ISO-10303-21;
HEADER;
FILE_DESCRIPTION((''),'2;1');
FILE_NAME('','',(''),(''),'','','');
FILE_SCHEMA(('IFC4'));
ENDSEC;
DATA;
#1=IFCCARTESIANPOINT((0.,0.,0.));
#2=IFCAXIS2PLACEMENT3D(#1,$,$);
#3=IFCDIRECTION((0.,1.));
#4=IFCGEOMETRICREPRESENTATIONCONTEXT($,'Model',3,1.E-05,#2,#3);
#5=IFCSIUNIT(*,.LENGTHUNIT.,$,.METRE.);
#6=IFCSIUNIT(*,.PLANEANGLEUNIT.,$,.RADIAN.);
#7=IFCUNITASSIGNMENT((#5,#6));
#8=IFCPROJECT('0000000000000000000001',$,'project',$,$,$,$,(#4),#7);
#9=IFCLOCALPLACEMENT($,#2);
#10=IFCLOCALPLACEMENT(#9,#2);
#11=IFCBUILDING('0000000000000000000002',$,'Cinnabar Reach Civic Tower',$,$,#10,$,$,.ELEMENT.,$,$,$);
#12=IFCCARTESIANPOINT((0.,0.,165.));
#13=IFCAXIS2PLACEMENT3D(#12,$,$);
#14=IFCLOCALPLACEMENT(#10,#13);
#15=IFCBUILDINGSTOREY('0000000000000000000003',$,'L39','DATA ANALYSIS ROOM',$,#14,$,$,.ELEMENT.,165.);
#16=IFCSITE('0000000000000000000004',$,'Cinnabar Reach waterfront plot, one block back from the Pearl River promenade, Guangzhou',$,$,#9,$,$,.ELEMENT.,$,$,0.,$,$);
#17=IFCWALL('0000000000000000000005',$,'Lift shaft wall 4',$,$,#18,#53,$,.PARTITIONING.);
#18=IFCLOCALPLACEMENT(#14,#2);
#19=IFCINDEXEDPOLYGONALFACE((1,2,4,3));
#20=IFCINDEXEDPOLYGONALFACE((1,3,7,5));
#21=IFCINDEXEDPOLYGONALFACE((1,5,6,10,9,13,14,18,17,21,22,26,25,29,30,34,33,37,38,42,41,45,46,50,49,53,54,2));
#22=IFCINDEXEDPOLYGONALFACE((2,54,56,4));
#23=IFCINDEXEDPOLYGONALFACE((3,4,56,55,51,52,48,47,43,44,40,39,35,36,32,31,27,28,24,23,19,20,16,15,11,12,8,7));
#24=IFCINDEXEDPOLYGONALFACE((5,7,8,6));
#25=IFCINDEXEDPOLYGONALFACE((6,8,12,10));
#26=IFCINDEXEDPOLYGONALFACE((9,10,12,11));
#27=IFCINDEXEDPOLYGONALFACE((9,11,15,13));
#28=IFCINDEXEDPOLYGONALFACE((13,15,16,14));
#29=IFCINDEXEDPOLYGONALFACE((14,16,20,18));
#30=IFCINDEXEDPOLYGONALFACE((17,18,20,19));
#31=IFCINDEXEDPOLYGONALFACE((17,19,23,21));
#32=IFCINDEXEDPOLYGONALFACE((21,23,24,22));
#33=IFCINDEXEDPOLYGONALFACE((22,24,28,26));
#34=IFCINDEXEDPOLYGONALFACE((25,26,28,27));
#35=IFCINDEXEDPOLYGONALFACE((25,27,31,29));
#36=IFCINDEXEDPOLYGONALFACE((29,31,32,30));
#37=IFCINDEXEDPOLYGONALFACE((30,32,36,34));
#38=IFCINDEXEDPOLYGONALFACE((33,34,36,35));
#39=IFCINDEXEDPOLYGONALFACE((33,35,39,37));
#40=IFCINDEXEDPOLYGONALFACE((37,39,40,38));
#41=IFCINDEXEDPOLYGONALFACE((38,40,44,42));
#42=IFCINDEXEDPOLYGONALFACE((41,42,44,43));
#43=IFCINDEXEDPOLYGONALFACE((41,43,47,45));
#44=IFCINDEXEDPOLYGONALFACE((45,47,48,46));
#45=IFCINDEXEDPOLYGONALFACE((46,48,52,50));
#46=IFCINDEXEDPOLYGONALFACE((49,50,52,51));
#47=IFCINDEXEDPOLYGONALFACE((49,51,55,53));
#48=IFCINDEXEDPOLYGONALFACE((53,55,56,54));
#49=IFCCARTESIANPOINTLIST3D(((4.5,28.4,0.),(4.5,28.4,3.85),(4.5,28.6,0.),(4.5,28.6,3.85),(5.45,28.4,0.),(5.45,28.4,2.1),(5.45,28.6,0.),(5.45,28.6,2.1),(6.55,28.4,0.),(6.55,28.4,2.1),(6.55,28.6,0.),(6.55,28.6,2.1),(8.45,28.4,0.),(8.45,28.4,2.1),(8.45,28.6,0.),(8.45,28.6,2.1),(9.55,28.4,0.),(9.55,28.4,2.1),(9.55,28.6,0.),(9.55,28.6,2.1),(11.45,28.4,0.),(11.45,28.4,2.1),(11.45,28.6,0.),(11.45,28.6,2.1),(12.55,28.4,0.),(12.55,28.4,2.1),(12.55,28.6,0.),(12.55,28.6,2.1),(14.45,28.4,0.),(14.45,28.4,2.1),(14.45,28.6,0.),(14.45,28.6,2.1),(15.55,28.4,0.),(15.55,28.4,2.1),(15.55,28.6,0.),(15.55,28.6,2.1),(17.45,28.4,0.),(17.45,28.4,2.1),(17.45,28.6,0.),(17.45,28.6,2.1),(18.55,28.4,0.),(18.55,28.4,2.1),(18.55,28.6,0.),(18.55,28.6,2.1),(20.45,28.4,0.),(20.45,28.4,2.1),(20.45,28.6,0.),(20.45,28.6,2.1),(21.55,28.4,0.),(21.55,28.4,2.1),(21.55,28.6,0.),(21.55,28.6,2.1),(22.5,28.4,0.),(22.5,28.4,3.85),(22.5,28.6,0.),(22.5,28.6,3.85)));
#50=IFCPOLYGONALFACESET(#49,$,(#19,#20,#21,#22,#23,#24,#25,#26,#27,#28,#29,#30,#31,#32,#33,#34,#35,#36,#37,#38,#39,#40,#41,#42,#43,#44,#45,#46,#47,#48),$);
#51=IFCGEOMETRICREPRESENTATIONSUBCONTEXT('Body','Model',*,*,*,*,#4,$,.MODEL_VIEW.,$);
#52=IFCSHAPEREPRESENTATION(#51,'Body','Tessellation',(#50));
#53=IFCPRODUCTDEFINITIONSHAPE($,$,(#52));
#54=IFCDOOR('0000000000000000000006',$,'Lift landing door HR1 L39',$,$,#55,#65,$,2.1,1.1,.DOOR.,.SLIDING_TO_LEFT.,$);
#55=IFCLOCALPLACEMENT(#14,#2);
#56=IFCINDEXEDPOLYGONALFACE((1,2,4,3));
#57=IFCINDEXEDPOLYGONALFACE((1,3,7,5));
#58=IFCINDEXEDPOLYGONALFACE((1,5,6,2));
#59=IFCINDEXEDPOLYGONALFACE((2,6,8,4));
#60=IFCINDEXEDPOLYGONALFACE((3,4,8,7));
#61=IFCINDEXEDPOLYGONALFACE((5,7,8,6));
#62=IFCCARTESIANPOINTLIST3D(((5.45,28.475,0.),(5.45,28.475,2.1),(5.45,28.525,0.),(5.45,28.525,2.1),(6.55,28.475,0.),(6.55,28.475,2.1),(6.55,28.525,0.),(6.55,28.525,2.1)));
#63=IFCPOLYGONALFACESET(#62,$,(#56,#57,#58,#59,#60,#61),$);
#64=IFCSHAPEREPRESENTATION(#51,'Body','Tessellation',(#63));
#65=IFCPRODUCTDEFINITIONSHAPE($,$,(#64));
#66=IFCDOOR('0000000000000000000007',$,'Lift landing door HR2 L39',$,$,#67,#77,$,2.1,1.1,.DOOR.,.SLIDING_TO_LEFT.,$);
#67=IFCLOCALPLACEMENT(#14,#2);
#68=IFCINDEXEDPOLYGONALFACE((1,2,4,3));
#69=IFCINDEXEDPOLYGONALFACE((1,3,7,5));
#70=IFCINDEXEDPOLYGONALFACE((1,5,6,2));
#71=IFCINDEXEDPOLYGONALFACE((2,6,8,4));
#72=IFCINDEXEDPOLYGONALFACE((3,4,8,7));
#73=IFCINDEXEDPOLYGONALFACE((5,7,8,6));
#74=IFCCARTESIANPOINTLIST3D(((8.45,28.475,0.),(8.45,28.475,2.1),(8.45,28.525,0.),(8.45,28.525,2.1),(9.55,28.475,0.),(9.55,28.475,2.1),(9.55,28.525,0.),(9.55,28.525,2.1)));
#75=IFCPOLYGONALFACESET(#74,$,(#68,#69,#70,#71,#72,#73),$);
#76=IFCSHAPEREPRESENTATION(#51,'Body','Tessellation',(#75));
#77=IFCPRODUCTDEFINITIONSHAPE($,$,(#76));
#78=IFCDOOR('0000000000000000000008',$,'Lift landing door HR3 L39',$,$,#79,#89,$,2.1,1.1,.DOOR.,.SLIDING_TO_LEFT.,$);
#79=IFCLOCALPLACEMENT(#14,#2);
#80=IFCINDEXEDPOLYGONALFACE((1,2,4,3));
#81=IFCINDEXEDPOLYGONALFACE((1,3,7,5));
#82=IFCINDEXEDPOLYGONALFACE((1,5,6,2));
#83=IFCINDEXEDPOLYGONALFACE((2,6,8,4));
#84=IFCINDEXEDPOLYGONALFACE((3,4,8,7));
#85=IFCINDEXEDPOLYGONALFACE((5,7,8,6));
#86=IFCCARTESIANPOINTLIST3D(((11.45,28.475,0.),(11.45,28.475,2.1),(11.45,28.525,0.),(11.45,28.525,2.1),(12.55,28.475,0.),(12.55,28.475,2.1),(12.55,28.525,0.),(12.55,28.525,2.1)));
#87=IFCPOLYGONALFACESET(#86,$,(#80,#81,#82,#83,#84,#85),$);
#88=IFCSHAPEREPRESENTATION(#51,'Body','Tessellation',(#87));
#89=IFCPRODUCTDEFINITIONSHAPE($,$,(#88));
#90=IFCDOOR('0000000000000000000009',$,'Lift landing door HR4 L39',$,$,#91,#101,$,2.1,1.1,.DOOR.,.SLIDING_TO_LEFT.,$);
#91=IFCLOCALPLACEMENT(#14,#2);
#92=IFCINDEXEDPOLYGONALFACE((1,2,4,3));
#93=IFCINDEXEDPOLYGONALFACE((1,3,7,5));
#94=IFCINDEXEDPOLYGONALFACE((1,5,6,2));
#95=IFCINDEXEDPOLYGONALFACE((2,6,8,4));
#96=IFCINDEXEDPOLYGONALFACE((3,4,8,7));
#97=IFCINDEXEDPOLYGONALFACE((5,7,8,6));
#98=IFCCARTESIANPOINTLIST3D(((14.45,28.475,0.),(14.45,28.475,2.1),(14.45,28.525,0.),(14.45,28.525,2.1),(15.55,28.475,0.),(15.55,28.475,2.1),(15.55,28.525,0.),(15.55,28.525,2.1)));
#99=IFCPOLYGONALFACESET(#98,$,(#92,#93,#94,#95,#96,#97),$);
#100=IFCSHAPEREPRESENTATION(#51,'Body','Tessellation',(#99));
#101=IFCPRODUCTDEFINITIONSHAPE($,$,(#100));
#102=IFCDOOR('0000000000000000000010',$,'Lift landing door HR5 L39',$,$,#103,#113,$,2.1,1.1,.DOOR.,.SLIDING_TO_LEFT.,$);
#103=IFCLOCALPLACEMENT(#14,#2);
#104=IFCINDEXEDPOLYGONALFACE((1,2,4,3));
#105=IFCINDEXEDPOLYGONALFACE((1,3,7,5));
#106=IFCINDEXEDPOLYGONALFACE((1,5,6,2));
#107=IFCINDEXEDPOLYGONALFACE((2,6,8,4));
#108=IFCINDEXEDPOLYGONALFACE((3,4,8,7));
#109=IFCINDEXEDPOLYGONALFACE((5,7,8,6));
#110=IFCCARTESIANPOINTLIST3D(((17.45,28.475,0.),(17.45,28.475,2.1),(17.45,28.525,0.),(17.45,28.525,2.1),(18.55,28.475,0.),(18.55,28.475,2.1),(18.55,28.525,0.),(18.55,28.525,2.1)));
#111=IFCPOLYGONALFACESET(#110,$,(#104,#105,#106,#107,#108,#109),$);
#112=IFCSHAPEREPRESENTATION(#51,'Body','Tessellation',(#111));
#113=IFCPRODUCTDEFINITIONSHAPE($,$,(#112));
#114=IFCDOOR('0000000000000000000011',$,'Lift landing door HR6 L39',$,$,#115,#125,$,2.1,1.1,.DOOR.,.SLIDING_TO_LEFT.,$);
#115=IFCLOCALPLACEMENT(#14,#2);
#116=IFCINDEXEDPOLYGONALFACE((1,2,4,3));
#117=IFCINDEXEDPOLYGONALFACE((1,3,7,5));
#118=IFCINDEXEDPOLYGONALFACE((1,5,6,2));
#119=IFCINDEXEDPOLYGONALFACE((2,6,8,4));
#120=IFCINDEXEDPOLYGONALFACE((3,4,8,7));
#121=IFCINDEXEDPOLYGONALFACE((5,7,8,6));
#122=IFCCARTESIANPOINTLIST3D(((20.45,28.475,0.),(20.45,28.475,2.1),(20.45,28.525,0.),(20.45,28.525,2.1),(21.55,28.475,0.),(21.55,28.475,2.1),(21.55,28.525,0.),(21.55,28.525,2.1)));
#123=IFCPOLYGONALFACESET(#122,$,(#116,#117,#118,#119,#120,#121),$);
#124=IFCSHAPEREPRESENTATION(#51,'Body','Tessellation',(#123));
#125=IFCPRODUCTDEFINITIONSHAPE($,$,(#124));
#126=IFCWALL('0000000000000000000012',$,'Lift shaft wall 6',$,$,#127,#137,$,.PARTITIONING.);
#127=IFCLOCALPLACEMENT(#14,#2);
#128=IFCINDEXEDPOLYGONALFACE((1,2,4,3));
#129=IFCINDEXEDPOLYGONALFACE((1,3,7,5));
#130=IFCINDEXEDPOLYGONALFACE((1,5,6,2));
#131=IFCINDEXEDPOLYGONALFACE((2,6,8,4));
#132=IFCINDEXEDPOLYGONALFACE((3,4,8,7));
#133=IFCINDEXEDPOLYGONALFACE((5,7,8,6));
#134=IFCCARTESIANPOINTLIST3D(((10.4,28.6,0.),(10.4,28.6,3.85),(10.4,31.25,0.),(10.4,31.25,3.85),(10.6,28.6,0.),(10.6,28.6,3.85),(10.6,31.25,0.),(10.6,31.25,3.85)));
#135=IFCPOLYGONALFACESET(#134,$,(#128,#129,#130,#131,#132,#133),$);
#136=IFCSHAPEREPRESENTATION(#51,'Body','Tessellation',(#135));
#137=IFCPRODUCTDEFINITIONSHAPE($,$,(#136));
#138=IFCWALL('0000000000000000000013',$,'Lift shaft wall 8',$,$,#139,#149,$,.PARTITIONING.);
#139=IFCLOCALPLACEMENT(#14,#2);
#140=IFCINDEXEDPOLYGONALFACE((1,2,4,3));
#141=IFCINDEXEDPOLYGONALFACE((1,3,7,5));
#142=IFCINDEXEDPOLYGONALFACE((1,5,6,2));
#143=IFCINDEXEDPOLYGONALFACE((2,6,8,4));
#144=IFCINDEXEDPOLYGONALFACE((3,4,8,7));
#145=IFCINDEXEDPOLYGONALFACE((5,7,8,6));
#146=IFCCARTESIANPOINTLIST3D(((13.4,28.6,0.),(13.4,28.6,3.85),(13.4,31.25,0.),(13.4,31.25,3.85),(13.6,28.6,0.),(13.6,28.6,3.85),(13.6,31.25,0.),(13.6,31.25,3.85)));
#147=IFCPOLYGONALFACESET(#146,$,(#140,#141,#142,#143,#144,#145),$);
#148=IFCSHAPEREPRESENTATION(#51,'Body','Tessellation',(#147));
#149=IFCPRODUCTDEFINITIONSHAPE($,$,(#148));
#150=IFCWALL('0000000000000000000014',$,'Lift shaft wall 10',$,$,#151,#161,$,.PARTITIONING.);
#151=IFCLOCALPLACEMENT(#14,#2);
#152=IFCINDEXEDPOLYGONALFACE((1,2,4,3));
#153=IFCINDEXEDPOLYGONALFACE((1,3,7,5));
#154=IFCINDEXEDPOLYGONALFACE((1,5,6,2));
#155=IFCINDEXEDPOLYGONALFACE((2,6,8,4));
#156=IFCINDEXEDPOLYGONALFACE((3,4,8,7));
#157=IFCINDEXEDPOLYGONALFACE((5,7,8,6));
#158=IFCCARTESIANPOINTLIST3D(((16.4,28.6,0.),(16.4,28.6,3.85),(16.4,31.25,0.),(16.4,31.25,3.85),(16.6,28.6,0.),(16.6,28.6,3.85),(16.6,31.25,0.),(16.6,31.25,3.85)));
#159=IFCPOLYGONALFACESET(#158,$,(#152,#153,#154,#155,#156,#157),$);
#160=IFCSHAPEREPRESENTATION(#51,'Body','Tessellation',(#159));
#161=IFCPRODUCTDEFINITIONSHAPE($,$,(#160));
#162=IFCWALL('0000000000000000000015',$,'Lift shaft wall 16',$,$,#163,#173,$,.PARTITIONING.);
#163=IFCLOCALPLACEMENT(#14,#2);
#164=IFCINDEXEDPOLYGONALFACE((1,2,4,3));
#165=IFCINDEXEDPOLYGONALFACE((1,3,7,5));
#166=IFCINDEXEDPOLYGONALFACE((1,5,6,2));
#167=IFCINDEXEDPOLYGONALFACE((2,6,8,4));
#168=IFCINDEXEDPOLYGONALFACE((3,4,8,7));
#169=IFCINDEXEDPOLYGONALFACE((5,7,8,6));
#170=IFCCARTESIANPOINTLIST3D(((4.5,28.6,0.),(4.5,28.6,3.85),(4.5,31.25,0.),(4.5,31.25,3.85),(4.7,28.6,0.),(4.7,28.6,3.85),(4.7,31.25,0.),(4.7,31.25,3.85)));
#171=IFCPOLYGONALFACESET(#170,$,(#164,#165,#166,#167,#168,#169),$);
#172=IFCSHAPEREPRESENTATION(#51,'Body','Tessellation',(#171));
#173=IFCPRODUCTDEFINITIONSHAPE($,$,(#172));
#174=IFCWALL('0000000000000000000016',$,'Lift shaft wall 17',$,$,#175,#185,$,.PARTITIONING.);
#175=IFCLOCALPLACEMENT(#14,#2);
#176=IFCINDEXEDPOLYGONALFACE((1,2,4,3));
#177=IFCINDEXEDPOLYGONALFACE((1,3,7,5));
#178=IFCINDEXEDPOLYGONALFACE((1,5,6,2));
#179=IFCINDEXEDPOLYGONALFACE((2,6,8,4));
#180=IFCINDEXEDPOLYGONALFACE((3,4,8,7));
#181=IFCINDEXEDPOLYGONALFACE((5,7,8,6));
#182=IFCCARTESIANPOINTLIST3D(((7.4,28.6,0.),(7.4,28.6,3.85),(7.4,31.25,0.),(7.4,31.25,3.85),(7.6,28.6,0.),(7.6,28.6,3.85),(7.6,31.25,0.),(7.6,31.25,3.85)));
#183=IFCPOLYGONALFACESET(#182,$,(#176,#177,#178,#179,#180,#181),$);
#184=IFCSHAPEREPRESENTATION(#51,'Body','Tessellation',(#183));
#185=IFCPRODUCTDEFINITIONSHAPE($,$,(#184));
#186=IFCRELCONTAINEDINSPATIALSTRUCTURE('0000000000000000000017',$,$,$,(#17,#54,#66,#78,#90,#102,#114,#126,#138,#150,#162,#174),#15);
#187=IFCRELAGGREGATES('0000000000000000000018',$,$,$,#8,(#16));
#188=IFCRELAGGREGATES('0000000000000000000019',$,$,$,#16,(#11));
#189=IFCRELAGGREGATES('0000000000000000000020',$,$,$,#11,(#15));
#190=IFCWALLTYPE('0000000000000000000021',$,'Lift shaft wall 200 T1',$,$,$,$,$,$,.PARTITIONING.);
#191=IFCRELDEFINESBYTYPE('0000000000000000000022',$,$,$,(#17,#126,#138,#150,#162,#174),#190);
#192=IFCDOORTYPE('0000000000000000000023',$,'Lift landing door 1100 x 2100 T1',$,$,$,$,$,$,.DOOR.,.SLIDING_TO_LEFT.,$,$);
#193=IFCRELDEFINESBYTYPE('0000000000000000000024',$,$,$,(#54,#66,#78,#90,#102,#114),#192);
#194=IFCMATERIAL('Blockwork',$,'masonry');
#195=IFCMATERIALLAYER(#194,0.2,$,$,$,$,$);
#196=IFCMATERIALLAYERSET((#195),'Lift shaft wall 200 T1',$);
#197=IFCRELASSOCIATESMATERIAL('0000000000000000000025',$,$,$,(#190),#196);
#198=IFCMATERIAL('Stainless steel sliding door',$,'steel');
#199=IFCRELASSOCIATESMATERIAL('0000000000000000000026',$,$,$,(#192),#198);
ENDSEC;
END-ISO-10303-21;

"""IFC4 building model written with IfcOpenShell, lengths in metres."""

from ifc_helpers import new_model, si_unit, direction, frame, frame_2d, origin, place, context, subcontext, project, spatial, rectangle, extrude, material, layer, layer_set, type_object, element, fill, save


model = new_model("IFC4")

# Units and contexts
model_context = context("Model", 3, precision=1e-05, world=origin(), true_north=direction((0.0, 1.0)))
body_context = subcontext(model_context, "Body", "Model", "MODEL_VIEW")
ifc_project = project(units=[si_unit("LENGTHUNIT", "METRE"), si_unit("PLANEANGLEUNIT", "RADIAN")], contexts=[model_context])

# Site, building, storey
site_placement = place(None, origin())
site = spatial("IfcSite", under=ifc_project, at=site_placement, Name="Cinnabar Reach waterfront plot, one block back from the Pearl River promenade, Guangzhou", CompositionType="ELEMENT", RefElevation=0.0)
building_placement = place(site_placement, origin())
building = spatial("IfcBuilding", under=site, at=building_placement, Name="Cinnabar Reach Civic Tower", CompositionType="ELEMENT")
storey_placement = place(building_placement, frame((0.0, 0.0, 165.0)))
storey = spatial("IfcBuildingStorey", under=building, at=storey_placement, Name="L39", Description="DATA ANALYSIS ROOM", CompositionType="ELEMENT", Elevation=165.0)

# Wall, openings, doors
ifc_material_1 = material(Name="Blockwork", Category="masonry")
ifc_layer_1 = layer(ifc_material_1, 0.2)
ifc_layer_set_1 = layer_set([ifc_layer_1], Name="Lift shaft wall 200 T1")
wall_type_1 = type_object("IfcWallType", Name="Lift shaft wall 200 T1", PredefinedType="PARTITIONING", material=ifc_layer_set_1)
wall_1_placement = place(storey_placement, frame((4.5, 28.5, 0.0), z_axis=(0.0, 0.0, 1.0), x_axis=(1.0, 0.0, 0.0)))
wall_1 = element("IfcWall", 1, at=wall_1_placement, inside=storey, type_object=wall_type_1, Name="Lift shaft wall 4", PredefinedType="PARTITIONING", context=body_context, shape_type="SweptSolid", body=[
    extrude(rectangle(XDim=18.0, YDim=0.2, at=frame_2d((9.0, 0.0))), origin(), (0.0, 0.0, 1.0), 3.85),
])
opening_1_placement = place(wall_1_placement, frame((0.95, 0.0, 0.0)))
opening_1 = element("IfcOpeningElement", 2, at=opening_1_placement, cuts=wall_1, PredefinedType="OPENING", context=body_context, shape_type="SweptSolid", body=[
    extrude(rectangle(XDim=1.1, YDim=2.1, at=frame_2d((0.55, 1.05))), frame((0.0, 0.11, 0.0), z_axis=(0.0, -1.0, 0.0), x_axis=(1.0, 0.0, 0.0)), (0.0, 0.0, 1.0), 0.22),
])
opening_2_placement = place(wall_1_placement, frame((3.95, 0.0, 0.0)))
opening_2 = element("IfcOpeningElement", 3, at=opening_2_placement, cuts=wall_1, PredefinedType="OPENING", context=body_context, shape_type="SweptSolid", body=[
    extrude(rectangle(XDim=1.1, YDim=2.1, at=frame_2d((0.55, 1.05))), frame((0.0, 0.11, 0.0), z_axis=(0.0, -1.0, 0.0), x_axis=(1.0, 0.0, 0.0)), (0.0, 0.0, 1.0), 0.22),
])
opening_3_placement = place(wall_1_placement, frame((6.95, 0.0, 0.0)))
opening_3 = element("IfcOpeningElement", 4, at=opening_3_placement, cuts=wall_1, PredefinedType="OPENING", context=body_context, shape_type="SweptSolid", body=[
    extrude(rectangle(XDim=1.1, YDim=2.1, at=frame_2d((0.55, 1.05))), frame((0.0, 0.11, 0.0), z_axis=(0.0, -1.0, 0.0), x_axis=(1.0, 0.0, 0.0)), (0.0, 0.0, 1.0), 0.22),
])
opening_4_placement = place(wall_1_placement, frame((9.95, 0.0, 0.0)))
opening_4 = element("IfcOpeningElement", 5, at=opening_4_placement, cuts=wall_1, PredefinedType="OPENING", context=body_context, shape_type="SweptSolid", body=[
    extrude(rectangle(XDim=1.1, YDim=2.1, at=frame_2d((0.55, 1.05))), frame((0.0, 0.11, 0.0), z_axis=(0.0, -1.0, 0.0), x_axis=(1.0, 0.0, 0.0)), (0.0, 0.0, 1.0), 0.22),
])
opening_5_placement = place(wall_1_placement, frame((12.95, 0.0, 0.0)))
opening_5 = element("IfcOpeningElement", 6, at=opening_5_placement, cuts=wall_1, PredefinedType="OPENING", context=body_context, shape_type="SweptSolid", body=[
    extrude(rectangle(XDim=1.1, YDim=2.1, at=frame_2d((0.55, 1.05))), frame((0.0, 0.11, 0.0), z_axis=(0.0, -1.0, 0.0), x_axis=(1.0, 0.0, 0.0)), (0.0, 0.0, 1.0), 0.22),
])
opening_6_placement = place(wall_1_placement, frame((15.95, 0.0, 0.0)))
opening_6 = element("IfcOpeningElement", 7, at=opening_6_placement, cuts=wall_1, PredefinedType="OPENING", context=body_context, shape_type="SweptSolid", body=[
    extrude(rectangle(XDim=1.1, YDim=2.1, at=frame_2d((0.55, 1.05))), frame((0.0, 0.11, 0.0), z_axis=(0.0, -1.0, 0.0), x_axis=(1.0, 0.0, 0.0)), (0.0, 0.0, 1.0), 0.22),
])
ifc_material_2 = material(Name="Stainless steel sliding door", Category="steel")
door_type_1 = type_object("IfcDoorType", Name="Lift landing door 1100 x 2100 T1", OperationType="SLIDING_TO_LEFT", PredefinedType="DOOR", material=ifc_material_2)
door_1_placement = place(opening_1_placement, origin())
door_1 = element("IfcDoor", 8, at=door_1_placement, inside=storey, type_object=door_type_1, Name="Lift landing door HR1 L39", OperationType="SLIDING_TO_LEFT", OverallHeight=2.1, OverallWidth=1.1, PredefinedType="DOOR", context=body_context, shape_type="SweptSolid", body=[
    extrude(rectangle(XDim=1.1, YDim=2.1, at=frame_2d((0.55, 1.05))), frame((0.0, 0.025, 0.0), z_axis=(0.0, -1.0, 0.0), x_axis=(1.0, 0.0, 0.0)), (0.0, 0.0, 1.0), 0.05),
])
fill(opening_1, door_1)
door_2_placement = place(opening_2_placement, origin())
door_2 = element("IfcDoor", 9, at=door_2_placement, inside=storey, type_object=door_type_1, Name="Lift landing door HR2 L39", OperationType="SLIDING_TO_LEFT", OverallHeight=2.1, OverallWidth=1.1, PredefinedType="DOOR", context=body_context, shape_type="SweptSolid", body=[
    extrude(rectangle(XDim=1.1, YDim=2.1, at=frame_2d((0.55, 1.05))), frame((0.0, 0.025, 0.0), z_axis=(0.0, -1.0, 0.0), x_axis=(1.0, 0.0, 0.0)), (0.0, 0.0, 1.0), 0.05),
])
fill(opening_2, door_2)
door_3_placement = place(opening_3_placement, origin())
door_3 = element("IfcDoor", 10, at=door_3_placement, inside=storey, type_object=door_type_1, Name="Lift landing door HR3 L39", OperationType="SLIDING_TO_LEFT", OverallHeight=2.1, OverallWidth=1.1, PredefinedType="DOOR", context=body_context, shape_type="SweptSolid", body=[
    extrude(rectangle(XDim=1.1, YDim=2.1, at=frame_2d((0.55, 1.05))), frame((0.0, 0.025, 0.0), z_axis=(0.0, -1.0, 0.0), x_axis=(1.0, 0.0, 0.0)), (0.0, 0.0, 1.0), 0.05),
])
fill(opening_3, door_3)
door_4_placement = place(opening_4_placement, origin())
door_4 = element("IfcDoor", 11, at=door_4_placement, inside=storey, type_object=door_type_1, Name="Lift landing door HR4 L39", OperationType="SLIDING_TO_LEFT", OverallHeight=2.1, OverallWidth=1.1, PredefinedType="DOOR", context=body_context, shape_type="SweptSolid", body=[
    extrude(rectangle(XDim=1.1, YDim=2.1, at=frame_2d((0.55, 1.05))), frame((0.0, 0.025, 0.0), z_axis=(0.0, -1.0, 0.0), x_axis=(1.0, 0.0, 0.0)), (0.0, 0.0, 1.0), 0.05),
])
fill(opening_4, door_4)
door_5_placement = place(opening_5_placement, origin())
door_5 = element("IfcDoor", 12, at=door_5_placement, inside=storey, type_object=door_type_1, Name="Lift landing door HR5 L39", OperationType="SLIDING_TO_LEFT", OverallHeight=2.1, OverallWidth=1.1, PredefinedType="DOOR", context=body_context, shape_type="SweptSolid", body=[
    extrude(rectangle(XDim=1.1, YDim=2.1, at=frame_2d((0.55, 1.05))), frame((0.0, 0.025, 0.0), z_axis=(0.0, -1.0, 0.0), x_axis=(1.0, 0.0, 0.0)), (0.0, 0.0, 1.0), 0.05),
])
fill(opening_5, door_5)
door_6_placement = place(opening_6_placement, origin())
door_6 = element("IfcDoor", 13, at=door_6_placement, inside=storey, type_object=door_type_1, Name="Lift landing door HR6 L39", OperationType="SLIDING_TO_LEFT", OverallHeight=2.1, OverallWidth=1.1, PredefinedType="DOOR", context=body_context, shape_type="SweptSolid", body=[
    extrude(rectangle(XDim=1.1, YDim=2.1, at=frame_2d((0.55, 1.05))), frame((0.0, 0.025, 0.0), z_axis=(0.0, -1.0, 0.0), x_axis=(1.0, 0.0, 0.0)), (0.0, 0.0, 1.0), 0.05),
])
fill(opening_6, door_6)

# Walls
for number, where, z_axis, x_axis, name in (
    (14, (10.5, 28.6, 0.0), (0.0, 0.0, 1.0), (0.0, 1.0, 0.0), "Lift shaft wall 6"),
    (15, (13.5, 28.6, 0.0), (0.0, 0.0, 1.0), (0.0, 1.0, 0.0), "Lift shaft wall 8"),
    (16, (16.5, 28.6, 0.0), (0.0, 0.0, 1.0), (0.0, 1.0, 0.0), "Lift shaft wall 10"),
    (17, (4.6, 28.6, 0.0), (0.0, 0.0, 1.0), (0.0, 1.0, 0.0), "Lift shaft wall 16"),
    (18, (7.5, 28.6, 0.0), (0.0, 0.0, 1.0), (0.0, 1.0, 0.0), "Lift shaft wall 17"),
):
    element("IfcWall", number, at=place(storey_placement, frame(where, z_axis=z_axis, x_axis=x_axis)), inside=storey, type_object=wall_type_1, Name=name, PredefinedType="PARTITIONING", context=body_context, shape_type="SweptSolid", body=[
        extrude(rectangle(XDim=2.65, YDim=0.2, at=frame_2d((1.325, 0.0))), origin(), (0.0, 0.0, 1.0), 3.85),
    ])

save(model, "model.ifc")
